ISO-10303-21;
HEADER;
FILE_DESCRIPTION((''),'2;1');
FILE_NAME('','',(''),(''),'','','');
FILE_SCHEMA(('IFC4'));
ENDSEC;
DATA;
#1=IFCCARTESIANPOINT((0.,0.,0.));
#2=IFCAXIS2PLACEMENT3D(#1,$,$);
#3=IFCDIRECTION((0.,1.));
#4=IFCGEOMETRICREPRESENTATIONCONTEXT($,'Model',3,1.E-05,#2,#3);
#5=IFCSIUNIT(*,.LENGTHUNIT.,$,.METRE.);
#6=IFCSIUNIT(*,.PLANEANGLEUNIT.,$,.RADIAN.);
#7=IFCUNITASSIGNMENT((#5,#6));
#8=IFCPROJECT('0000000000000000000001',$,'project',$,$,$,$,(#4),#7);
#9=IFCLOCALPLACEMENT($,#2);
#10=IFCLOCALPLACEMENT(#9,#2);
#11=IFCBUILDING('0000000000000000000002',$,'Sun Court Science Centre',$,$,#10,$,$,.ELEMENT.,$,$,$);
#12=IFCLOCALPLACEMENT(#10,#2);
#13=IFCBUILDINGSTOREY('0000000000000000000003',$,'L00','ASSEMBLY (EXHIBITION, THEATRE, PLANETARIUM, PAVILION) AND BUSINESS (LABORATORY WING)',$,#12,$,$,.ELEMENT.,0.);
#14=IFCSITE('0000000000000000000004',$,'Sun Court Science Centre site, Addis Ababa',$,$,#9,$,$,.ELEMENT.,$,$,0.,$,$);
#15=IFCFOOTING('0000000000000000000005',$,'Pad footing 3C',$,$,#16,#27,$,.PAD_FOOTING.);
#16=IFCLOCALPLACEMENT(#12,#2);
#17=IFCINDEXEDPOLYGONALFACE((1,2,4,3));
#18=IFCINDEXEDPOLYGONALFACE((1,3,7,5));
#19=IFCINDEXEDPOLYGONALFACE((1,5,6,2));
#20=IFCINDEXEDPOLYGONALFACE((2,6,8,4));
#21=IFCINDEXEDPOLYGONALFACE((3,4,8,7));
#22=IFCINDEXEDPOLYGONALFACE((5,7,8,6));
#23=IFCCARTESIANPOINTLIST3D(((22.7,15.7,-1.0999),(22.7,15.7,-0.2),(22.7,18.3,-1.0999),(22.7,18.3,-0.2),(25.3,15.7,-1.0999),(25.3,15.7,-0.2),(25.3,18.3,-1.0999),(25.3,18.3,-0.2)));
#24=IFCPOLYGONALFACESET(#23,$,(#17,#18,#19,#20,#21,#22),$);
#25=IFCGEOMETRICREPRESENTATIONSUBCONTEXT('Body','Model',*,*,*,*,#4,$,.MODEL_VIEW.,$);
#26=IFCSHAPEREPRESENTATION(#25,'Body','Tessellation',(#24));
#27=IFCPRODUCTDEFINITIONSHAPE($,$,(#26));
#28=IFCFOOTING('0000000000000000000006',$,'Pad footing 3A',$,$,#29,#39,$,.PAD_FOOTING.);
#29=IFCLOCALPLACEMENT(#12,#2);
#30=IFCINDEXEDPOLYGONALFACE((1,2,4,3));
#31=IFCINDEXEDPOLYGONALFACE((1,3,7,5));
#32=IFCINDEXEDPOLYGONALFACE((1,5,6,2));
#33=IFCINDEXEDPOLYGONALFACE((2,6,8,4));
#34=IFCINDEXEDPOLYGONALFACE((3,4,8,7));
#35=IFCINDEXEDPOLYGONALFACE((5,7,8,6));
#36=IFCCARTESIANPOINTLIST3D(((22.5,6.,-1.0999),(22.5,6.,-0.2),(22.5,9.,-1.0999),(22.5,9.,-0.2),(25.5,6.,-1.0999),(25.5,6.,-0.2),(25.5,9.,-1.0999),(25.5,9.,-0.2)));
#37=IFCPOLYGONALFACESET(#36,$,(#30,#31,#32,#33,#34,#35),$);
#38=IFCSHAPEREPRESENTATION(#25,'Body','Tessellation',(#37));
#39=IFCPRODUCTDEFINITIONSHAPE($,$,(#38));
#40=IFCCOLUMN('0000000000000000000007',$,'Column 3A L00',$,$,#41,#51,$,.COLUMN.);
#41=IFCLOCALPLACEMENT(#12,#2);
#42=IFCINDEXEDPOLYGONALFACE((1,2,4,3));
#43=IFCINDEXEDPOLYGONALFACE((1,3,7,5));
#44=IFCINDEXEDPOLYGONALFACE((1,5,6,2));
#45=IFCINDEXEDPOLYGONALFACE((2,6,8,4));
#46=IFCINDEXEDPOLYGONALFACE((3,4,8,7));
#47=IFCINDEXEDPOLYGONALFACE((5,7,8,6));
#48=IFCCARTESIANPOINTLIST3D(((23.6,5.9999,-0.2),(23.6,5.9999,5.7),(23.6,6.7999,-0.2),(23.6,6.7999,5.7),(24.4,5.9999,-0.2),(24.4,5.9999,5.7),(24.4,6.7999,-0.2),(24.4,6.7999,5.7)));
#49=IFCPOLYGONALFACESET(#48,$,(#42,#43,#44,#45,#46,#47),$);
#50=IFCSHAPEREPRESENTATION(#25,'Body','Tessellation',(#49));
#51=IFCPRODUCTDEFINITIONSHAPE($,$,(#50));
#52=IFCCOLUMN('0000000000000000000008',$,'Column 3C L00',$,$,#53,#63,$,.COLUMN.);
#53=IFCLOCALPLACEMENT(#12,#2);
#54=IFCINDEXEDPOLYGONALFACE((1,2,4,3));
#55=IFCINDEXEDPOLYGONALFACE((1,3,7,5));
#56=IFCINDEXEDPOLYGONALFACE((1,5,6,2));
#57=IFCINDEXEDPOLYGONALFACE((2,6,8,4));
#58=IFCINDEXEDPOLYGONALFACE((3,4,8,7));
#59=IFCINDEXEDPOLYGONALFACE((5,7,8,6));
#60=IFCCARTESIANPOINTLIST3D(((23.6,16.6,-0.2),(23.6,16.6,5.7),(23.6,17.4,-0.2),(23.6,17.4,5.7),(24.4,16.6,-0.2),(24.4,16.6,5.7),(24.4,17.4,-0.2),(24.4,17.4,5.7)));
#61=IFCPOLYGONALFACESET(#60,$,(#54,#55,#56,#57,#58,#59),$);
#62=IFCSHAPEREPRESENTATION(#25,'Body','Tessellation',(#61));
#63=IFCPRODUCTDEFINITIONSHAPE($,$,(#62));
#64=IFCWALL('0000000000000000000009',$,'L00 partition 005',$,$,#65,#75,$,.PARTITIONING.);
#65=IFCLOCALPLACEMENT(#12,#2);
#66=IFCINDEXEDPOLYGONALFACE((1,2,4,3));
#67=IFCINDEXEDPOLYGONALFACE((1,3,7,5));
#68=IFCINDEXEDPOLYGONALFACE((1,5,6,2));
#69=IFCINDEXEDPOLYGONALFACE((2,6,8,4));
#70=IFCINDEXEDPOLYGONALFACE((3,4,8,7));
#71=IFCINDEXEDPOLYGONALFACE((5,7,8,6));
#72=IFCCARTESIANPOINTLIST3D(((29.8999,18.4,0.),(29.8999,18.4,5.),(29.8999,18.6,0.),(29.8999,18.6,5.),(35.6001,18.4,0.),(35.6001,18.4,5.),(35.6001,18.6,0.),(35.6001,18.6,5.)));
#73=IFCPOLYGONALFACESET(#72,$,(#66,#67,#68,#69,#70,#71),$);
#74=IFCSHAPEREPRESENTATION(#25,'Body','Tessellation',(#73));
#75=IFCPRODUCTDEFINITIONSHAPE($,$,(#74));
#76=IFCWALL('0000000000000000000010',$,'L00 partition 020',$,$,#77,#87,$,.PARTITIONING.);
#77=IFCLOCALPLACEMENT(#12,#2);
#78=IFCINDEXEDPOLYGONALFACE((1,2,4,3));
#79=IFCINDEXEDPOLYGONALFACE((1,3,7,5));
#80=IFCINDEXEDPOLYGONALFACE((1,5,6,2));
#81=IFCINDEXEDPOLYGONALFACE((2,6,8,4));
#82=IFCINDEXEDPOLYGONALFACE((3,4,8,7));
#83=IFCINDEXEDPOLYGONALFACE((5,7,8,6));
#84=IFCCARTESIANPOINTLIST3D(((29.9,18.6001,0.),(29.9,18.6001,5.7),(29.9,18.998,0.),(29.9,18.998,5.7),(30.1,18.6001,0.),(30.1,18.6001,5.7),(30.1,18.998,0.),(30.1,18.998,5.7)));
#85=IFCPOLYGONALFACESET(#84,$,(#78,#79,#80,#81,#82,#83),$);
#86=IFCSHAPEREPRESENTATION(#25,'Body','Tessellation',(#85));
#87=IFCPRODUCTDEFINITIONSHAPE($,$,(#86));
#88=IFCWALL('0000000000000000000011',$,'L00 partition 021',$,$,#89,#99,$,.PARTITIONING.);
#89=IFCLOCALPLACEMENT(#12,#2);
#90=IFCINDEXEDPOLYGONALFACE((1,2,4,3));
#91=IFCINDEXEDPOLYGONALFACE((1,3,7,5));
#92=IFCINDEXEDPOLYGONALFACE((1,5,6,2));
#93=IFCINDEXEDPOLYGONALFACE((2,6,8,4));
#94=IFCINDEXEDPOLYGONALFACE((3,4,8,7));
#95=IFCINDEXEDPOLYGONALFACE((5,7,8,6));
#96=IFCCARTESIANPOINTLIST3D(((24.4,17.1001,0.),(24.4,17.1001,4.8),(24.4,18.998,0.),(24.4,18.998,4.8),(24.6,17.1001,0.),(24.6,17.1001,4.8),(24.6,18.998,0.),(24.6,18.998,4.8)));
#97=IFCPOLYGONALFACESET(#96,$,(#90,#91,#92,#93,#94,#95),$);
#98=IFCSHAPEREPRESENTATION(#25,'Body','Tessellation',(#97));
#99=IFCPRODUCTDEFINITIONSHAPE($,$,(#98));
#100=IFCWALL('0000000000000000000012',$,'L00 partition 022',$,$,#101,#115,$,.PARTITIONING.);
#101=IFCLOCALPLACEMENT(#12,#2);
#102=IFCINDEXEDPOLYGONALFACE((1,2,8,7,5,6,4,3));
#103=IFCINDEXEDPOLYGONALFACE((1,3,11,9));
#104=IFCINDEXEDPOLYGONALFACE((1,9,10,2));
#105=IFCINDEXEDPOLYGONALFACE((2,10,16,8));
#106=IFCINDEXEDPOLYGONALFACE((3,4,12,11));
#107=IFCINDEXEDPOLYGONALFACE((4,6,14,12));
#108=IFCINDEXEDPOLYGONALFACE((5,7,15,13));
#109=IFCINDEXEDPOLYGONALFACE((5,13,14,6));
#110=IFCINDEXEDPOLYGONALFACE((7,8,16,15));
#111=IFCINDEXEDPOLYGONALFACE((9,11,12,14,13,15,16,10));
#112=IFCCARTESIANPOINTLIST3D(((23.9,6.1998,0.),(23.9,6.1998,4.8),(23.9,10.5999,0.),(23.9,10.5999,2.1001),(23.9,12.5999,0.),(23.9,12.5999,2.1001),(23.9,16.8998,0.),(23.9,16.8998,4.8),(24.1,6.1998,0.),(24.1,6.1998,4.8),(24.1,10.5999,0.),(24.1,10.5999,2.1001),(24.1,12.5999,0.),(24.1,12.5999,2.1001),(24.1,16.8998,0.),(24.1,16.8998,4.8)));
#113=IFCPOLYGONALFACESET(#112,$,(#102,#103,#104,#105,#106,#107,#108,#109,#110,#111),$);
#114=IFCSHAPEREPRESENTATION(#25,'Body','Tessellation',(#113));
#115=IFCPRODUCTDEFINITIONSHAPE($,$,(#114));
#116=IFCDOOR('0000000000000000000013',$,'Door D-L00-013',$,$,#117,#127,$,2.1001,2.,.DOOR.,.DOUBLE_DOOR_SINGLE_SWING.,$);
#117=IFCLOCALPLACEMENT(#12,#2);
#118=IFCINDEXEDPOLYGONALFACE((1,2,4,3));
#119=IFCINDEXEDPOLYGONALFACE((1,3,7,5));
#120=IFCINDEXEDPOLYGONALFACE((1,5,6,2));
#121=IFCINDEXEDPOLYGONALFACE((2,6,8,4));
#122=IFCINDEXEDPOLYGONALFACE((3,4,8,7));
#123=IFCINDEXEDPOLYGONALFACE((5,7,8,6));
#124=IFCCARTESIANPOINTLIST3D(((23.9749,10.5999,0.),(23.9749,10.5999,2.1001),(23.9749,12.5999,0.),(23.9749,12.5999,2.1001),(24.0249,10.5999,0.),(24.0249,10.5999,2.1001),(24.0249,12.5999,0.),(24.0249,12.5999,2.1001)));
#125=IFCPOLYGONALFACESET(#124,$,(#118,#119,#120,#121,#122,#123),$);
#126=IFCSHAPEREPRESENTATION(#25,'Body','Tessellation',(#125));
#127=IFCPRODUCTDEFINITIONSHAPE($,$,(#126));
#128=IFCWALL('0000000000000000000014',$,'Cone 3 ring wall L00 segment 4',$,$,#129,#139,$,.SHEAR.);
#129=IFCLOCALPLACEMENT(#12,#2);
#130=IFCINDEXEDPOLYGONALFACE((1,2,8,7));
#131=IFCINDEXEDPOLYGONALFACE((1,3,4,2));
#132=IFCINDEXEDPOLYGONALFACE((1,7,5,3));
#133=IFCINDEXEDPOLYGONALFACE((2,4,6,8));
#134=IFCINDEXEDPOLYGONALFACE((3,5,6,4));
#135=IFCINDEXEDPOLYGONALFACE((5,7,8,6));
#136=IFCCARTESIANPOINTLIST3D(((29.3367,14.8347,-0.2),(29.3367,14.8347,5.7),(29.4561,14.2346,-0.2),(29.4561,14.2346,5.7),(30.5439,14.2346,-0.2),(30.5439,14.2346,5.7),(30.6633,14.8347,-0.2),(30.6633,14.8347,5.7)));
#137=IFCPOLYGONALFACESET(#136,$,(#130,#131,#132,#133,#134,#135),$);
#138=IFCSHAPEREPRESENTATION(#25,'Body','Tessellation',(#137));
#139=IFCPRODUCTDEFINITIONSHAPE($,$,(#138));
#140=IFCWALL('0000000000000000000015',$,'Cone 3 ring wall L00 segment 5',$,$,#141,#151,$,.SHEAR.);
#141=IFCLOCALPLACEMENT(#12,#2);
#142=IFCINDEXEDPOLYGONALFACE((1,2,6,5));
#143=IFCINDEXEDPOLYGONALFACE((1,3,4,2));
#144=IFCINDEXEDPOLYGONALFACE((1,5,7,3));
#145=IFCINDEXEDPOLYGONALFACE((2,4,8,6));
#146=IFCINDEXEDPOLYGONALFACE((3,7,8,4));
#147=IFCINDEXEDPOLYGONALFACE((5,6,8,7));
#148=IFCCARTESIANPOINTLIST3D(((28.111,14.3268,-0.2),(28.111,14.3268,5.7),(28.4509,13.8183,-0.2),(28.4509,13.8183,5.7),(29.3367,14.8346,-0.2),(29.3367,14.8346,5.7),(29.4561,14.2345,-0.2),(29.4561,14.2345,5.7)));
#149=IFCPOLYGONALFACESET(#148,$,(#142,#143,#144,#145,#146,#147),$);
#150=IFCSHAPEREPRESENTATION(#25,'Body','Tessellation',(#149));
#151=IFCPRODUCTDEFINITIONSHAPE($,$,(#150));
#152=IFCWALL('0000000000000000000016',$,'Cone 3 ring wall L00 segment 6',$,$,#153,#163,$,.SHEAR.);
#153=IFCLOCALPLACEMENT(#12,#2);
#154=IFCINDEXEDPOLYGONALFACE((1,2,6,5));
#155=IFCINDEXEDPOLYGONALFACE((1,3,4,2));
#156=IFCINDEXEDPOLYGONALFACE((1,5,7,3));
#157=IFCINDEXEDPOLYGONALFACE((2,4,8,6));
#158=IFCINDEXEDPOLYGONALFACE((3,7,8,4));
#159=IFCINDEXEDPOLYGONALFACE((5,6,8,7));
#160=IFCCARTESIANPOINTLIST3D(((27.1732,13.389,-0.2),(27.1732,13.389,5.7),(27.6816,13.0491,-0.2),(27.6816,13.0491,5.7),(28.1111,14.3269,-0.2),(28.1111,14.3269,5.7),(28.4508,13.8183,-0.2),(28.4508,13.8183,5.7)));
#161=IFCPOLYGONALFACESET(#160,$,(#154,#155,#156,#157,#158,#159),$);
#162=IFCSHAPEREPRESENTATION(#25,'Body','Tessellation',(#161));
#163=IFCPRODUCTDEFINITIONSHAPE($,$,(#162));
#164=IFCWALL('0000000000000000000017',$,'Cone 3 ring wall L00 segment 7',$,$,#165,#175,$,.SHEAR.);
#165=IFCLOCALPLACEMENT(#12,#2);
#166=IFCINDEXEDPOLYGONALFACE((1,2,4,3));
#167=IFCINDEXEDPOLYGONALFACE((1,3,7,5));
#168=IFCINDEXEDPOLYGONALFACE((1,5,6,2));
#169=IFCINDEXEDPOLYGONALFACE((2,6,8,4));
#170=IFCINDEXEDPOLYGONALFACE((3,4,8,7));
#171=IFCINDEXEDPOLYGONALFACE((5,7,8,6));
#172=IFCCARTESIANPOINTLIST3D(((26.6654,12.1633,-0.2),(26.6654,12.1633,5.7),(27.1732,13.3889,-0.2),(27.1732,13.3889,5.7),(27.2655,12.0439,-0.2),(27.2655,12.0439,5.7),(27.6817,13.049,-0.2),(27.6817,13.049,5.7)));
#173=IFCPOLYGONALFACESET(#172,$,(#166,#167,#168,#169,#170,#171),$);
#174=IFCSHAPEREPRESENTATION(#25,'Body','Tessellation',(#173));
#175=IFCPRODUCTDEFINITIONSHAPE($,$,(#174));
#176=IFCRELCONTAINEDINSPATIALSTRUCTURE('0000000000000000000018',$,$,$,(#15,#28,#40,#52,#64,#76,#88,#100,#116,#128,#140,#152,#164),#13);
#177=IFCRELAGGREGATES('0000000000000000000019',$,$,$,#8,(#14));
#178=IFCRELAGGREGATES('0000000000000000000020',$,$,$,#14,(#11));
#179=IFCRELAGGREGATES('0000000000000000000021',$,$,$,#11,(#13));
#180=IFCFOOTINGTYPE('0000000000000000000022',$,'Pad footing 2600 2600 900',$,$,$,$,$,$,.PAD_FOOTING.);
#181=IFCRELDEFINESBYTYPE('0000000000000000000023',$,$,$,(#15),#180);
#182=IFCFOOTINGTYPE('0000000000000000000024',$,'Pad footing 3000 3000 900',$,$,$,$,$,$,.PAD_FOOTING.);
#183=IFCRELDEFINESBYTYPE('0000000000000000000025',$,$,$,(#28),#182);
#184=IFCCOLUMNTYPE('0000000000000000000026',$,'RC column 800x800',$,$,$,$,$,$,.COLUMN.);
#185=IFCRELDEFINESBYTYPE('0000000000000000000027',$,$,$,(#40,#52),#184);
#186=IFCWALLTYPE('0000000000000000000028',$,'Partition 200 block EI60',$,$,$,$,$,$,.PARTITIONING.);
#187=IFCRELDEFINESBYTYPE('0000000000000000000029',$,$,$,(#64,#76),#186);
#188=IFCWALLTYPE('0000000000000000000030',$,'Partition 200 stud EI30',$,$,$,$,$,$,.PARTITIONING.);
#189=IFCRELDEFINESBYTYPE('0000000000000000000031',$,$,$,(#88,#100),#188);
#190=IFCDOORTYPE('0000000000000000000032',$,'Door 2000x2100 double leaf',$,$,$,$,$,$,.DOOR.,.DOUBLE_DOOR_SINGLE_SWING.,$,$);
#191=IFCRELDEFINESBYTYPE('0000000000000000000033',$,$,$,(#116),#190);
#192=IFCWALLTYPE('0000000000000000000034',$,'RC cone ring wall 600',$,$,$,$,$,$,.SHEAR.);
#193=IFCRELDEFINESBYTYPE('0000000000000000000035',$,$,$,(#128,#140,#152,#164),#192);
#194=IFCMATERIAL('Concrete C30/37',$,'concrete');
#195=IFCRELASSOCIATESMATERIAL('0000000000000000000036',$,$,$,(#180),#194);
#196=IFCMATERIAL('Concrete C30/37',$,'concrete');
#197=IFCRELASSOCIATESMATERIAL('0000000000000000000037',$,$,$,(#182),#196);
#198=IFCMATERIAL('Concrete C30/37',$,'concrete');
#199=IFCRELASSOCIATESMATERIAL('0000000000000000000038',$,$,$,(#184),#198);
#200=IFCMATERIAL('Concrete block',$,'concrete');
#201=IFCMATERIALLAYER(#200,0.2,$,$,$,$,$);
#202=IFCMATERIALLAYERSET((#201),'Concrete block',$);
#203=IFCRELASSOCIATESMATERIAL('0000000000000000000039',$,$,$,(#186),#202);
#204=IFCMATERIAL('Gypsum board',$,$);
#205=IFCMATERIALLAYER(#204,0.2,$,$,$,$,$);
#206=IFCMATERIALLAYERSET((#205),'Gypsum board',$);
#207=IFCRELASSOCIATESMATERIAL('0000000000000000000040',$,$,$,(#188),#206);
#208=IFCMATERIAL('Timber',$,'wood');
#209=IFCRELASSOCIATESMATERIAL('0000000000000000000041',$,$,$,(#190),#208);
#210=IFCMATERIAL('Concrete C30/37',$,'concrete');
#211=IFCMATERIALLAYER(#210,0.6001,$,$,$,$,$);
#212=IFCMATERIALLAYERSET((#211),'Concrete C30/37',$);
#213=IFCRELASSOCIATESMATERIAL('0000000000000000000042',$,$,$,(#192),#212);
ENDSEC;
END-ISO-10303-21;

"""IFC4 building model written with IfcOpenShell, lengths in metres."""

from ifc_helpers import new_model, si_unit, direction, frame, frame_2d, origin, origin_2d, place, context, subcontext, project, spatial, polyline, rectangle, outline, extrude, material, layer, layer_set, material_profile, profile_set, type_object, element, fill, save


model = new_model("IFC4")

# Units and contexts
model_context = context("Model", 3, precision=1e-05, world=origin(), true_north=direction((0.0, 1.0)))
body_context = subcontext(model_context, "Body", "Model", "MODEL_VIEW")
ifc_project = project(units=[si_unit("LENGTHUNIT", "METRE"), si_unit("PLANEANGLEUNIT", "RADIAN")], contexts=[model_context])

# Site, building, storey
site_placement = place(None, origin())
site = spatial("IfcSite", under=ifc_project, at=site_placement, Name="Sun Court Science Centre site, Addis Ababa", CompositionType="ELEMENT", RefElevation=0.0)
building_placement = place(site_placement, origin())
building = spatial("IfcBuilding", under=site, at=building_placement, Name="Sun Court Science Centre", CompositionType="ELEMENT")
storey_placement = place(building_placement, origin())
storey = spatial("IfcBuildingStorey", under=building, at=storey_placement, Name="L00", Description="ASSEMBLY (EXHIBITION, THEATRE, PLANETARIUM, PAVILION) AND BUSINESS (LABORATORY WING)", CompositionType="ELEMENT", Elevation=0.0)

# Footings
ifc_material_1 = material(Name="Concrete C30/37", Category="concrete")
footing_type_1 = type_object("IfcFootingType", Name="Pad footing 2600 2600 900", PredefinedType="PAD_FOOTING", material=ifc_material_1)
footing_1_placement = place(storey_placement, frame((24.0, 17.0, -1.0999), z_axis=(0.0, 0.0, 1.0), x_axis=(1.0, 0.0, 0.0)))
element("IfcFooting", 1, at=footing_1_placement, inside=storey, type_object=footing_type_1, Name="Pad footing 3C", PredefinedType="PAD_FOOTING", context=body_context, shape_type="SweptSolid", body=[
    extrude(rectangle(XDim=2.6001, YDim=2.6001, at=origin_2d()), origin(), (0.0, 0.0, 1.0), 0.8999),
])
ifc_material_2 = material(Name="Concrete C30/37", Category="concrete")
footing_type_2 = type_object("IfcFootingType", Name="Pad footing 3000 3000 900", PredefinedType="PAD_FOOTING", material=ifc_material_2)
footing_2_placement = place(storey_placement, frame((24.0, 7.5, -1.0999), z_axis=(0.0, 0.0, 1.0), x_axis=(1.0, 0.0, 0.0)))
element("IfcFooting", 2, at=footing_2_placement, inside=storey, type_object=footing_type_2, Name="Pad footing 3A", PredefinedType="PAD_FOOTING", context=body_context, shape_type="SweptSolid", body=[
    extrude(rectangle(XDim=3.0, YDim=3.0, at=origin_2d()), origin(), (0.0, 0.0, 1.0), 0.8999),
])

# Columns
ifc_material_3 = material(Name="Concrete C30/37", Category="concrete")
ifc_material_profile = material_profile(ifc_material_3, rectangle(XDim=0.8, YDim=0.8, at=origin_2d()), Name="RC 800x800")
ifc_profile_set = profile_set([ifc_material_profile], Name="Concrete C30/37")
column_type = type_object("IfcColumnType", Name="RC column 800x800", PredefinedType="COLUMN", material=ifc_profile_set)
for number, where, z_axis, x_axis, name in (
    (3, (24.0, 6.3999, -0.2), (0.0, 0.0, 1.0), (1.0, 0.0, 0.0), "Column 3A L00"),
    (4, (24.0, 17.0, -0.2), (0.0, 0.0, 1.0), (1.0, 0.0, 0.0), "Column 3C L00"),
):
    element("IfcColumn", number, at=place(storey_placement, frame(where, z_axis=z_axis, x_axis=x_axis)), inside=storey, type_object=column_type, Name=name, PredefinedType="COLUMN", context=body_context, shape_type="SweptSolid", body=[
        extrude(rectangle(XDim=0.8, YDim=0.8, at=origin_2d()), origin(), (0.0, 0.0, 1.0), 5.8999),
    ])

# Walls
ifc_material_4 = material(Name="Concrete block", Category="concrete")
ifc_layer_1 = layer(ifc_material_4, 0.2)
ifc_layer_set_1 = layer_set([ifc_layer_1], Name="Concrete block")
wall_type_1 = type_object("IfcWallType", Name="Partition 200 block EI60", PredefinedType="PARTITIONING", material=ifc_layer_set_1)
wall_1_placement = place(storey_placement, frame((29.8999, 18.5, 0.0), z_axis=(0.0, 0.0, 1.0), x_axis=(1.0, 0.0, 0.0)))
element("IfcWall", 5, at=wall_1_placement, inside=storey, type_object=wall_type_1, Name="L00 partition 005", PredefinedType="PARTITIONING", context=body_context, shape_type="SweptSolid", body=[
    extrude(rectangle(XDim=5.7002, YDim=0.2, at=frame_2d((2.8501, 0.0))), origin(), (0.0, 0.0, 1.0), 5.0),
])
wall_2_placement = place(storey_placement, frame((30.0, 18.6001, 0.0), z_axis=(0.0, 0.0, 1.0), x_axis=(0.0, 1.0, 0.0)))
element("IfcWall", 6, at=wall_2_placement, inside=storey, type_object=wall_type_1, Name="L00 partition 020", PredefinedType="PARTITIONING", context=body_context, shape_type="SweptSolid", body=[
    extrude(rectangle(XDim=0.3979, YDim=0.2, at=frame_2d((0.199, 0.0))), origin(), (0.0, 0.0, 1.0), 5.7),
])
ifc_material_5 = material(Name="Gypsum board")
ifc_layer_2 = layer(ifc_material_5, 0.2)
ifc_layer_set_2 = layer_set([ifc_layer_2], Name="Gypsum board")
wall_type_2 = type_object("IfcWallType", Name="Partition 200 stud EI30", PredefinedType="PARTITIONING", material=ifc_layer_set_2)
wall_3_placement = place(storey_placement, frame((24.5, 17.1001, 0.0), z_axis=(0.0, 0.0, 1.0), x_axis=(0.0, 1.0, 0.0)))
element("IfcWall", 7, at=wall_3_placement, inside=storey, type_object=wall_type_2, Name="L00 partition 021", PredefinedType="PARTITIONING", context=body_context, shape_type="SweptSolid", body=[
    extrude(rectangle(XDim=1.8979, YDim=0.2, at=frame_2d((0.949, 0.0))), origin(), (0.0, 0.0, 1.0), 4.8),
])

# Wall, opening, door
wall_4_placement = place(storey_placement, frame((24.0, 16.8999, 0.0), z_axis=(0.0, 0.0, 1.0), x_axis=(0.0, -1.0, 0.0)))
wall_4 = element("IfcWall", 8, at=wall_4_placement, inside=storey, type_object=wall_type_2, Name="L00 partition 022", PredefinedType="PARTITIONING", context=body_context, shape_type="SweptSolid", body=[
    extrude(rectangle(XDim=10.7, YDim=0.2, at=frame_2d((5.3501, 0.0))), origin(), (0.0, 0.0, 1.0), 4.8),
])
opening_placement = place(wall_4_placement, frame((4.3, 0.0, 0.0)))
opening = element("IfcOpeningElement", 9, at=opening_placement, cuts=wall_4, PredefinedType="OPENING", context=body_context, shape_type="SweptSolid", body=[
    extrude(rectangle(XDim=2.0, YDim=2.1001, at=frame_2d((1.0, 1.05))), frame((0.0, 0.1099, 0.0), z_axis=(0.0, -1.0, 0.0), x_axis=(1.0, 0.0, 0.0)), (0.0, 0.0, 1.0), 0.22),
])
ifc_material_6 = material(Name="Timber", Category="wood")
door_type = type_object("IfcDoorType", Name="Door 2000x2100 double leaf", OperationType="DOUBLE_DOOR_SINGLE_SWING", PredefinedType="DOOR", material=ifc_material_6)
door_placement = place(opening_placement, origin())
door = element("IfcDoor", 10, at=door_placement, inside=storey, type_object=door_type, Name="Door D-L00-013", OperationType="DOUBLE_DOOR_SINGLE_SWING", OverallHeight=2.1001, OverallWidth=2.0, PredefinedType="DOOR", context=body_context, shape_type="SweptSolid", body=[
    extrude(rectangle(XDim=2.0, YDim=2.1001, at=frame_2d((1.0, 1.05))), frame((0.0, 0.0249, 0.0), z_axis=(0.0, -1.0, 0.0), x_axis=(1.0, 0.0, 0.0)), (0.0, 0.0, 1.0), 0.05),
])
fill(opening, door)

# Walls
ifc_material_7 = material(Name="Concrete C30/37", Category="concrete")
ifc_layer_3 = layer(ifc_material_7, 0.6001)
ifc_layer_set_3 = layer_set([ifc_layer_3], Name="Concrete C30/37")
wall_type_3 = type_object("IfcWallType", Name="RC cone ring wall 600", PredefinedType="SHEAR", material=ifc_layer_set_3)
wall_5_placement = place(storey_placement, frame((30.6633, 14.5347, -0.2), z_axis=(0.0, 0.0, 1.0), x_axis=(-1.0, 0.0, 0.0)))
element("IfcWall", 11, at=wall_5_placement, inside=storey, type_object=wall_type_3, Name="Cone 3 ring wall L00 segment 4", PredefinedType="SHEAR", context=body_context, shape_type="SweptSolid", body=[
    extrude(outline(polyline([(0.0, -0.3), (1.3267, -0.3), (1.2073, 0.3), (0.1194, 0.3), (0.0, -0.3)])), origin(), (0.0, 0.0, 1.0), 5.8999),
])
wall_6_placement = place(storey_placement, frame((29.4514, 14.5576, -0.2), z_axis=(0.0, 0.0, 1.0), x_axis=(-0.923837, -0.382785, 0.0)))
element("IfcWall", 12, at=wall_6_placement, inside=storey, type_object=wall_type_3, Name="Cone 3 ring wall L00 segment 5", PredefinedType="SHEAR", context=body_context, shape_type="SweptSolid", body=[
    extrude(outline(polyline([(0.0, -0.2998), (1.3267, -0.2998), (1.2073, 0.3), (0.1194, 0.3003), (0.0, -0.2998)])), origin(), (0.0, 0.0, 1.0), 5.8999),
])
wall_7_placement = place(storey_placement, frame((28.3232, 14.1147, -0.2), z_axis=(0.0, 0.0, 1.0), x_axis=(-0.707107, -0.707107, 0.0)))
element("IfcWall", 13, at=wall_7_placement, inside=storey, type_object=wall_type_3, Name="Cone 3 ring wall L00 segment 6", PredefinedType="SHEAR", context=body_context, shape_type="SweptSolid", body=[
    extrude(outline(polyline([(0.0, -0.3), (1.3264, -0.3), (1.2073, 0.2998), (0.1194, 0.2998), (0.0, -0.3)])), origin(), (0.0, 0.0, 1.0), 5.8999),
])
wall_8_placement = place(storey_placement, frame((27.4502, 13.2742, -0.2), z_axis=(0.0, 0.0, 1.0), x_axis=(-0.382785, -0.923837, 0.0)))
element("IfcWall", 14, at=wall_8_placement, inside=storey, type_object=wall_type_3, Name="Cone 3 ring wall L00 segment 7", PredefinedType="SHEAR", context=body_context, shape_type="SweptSolid", body=[
    extrude(outline(polyline([(0.0, -0.2998), (1.3267, -0.2998), (1.2073, 0.3003), (0.1194, 0.3), (0.0, -0.2998)])), origin(), (0.0, 0.0, 1.0), 5.8999),
])

save(model, "model.ifc")
